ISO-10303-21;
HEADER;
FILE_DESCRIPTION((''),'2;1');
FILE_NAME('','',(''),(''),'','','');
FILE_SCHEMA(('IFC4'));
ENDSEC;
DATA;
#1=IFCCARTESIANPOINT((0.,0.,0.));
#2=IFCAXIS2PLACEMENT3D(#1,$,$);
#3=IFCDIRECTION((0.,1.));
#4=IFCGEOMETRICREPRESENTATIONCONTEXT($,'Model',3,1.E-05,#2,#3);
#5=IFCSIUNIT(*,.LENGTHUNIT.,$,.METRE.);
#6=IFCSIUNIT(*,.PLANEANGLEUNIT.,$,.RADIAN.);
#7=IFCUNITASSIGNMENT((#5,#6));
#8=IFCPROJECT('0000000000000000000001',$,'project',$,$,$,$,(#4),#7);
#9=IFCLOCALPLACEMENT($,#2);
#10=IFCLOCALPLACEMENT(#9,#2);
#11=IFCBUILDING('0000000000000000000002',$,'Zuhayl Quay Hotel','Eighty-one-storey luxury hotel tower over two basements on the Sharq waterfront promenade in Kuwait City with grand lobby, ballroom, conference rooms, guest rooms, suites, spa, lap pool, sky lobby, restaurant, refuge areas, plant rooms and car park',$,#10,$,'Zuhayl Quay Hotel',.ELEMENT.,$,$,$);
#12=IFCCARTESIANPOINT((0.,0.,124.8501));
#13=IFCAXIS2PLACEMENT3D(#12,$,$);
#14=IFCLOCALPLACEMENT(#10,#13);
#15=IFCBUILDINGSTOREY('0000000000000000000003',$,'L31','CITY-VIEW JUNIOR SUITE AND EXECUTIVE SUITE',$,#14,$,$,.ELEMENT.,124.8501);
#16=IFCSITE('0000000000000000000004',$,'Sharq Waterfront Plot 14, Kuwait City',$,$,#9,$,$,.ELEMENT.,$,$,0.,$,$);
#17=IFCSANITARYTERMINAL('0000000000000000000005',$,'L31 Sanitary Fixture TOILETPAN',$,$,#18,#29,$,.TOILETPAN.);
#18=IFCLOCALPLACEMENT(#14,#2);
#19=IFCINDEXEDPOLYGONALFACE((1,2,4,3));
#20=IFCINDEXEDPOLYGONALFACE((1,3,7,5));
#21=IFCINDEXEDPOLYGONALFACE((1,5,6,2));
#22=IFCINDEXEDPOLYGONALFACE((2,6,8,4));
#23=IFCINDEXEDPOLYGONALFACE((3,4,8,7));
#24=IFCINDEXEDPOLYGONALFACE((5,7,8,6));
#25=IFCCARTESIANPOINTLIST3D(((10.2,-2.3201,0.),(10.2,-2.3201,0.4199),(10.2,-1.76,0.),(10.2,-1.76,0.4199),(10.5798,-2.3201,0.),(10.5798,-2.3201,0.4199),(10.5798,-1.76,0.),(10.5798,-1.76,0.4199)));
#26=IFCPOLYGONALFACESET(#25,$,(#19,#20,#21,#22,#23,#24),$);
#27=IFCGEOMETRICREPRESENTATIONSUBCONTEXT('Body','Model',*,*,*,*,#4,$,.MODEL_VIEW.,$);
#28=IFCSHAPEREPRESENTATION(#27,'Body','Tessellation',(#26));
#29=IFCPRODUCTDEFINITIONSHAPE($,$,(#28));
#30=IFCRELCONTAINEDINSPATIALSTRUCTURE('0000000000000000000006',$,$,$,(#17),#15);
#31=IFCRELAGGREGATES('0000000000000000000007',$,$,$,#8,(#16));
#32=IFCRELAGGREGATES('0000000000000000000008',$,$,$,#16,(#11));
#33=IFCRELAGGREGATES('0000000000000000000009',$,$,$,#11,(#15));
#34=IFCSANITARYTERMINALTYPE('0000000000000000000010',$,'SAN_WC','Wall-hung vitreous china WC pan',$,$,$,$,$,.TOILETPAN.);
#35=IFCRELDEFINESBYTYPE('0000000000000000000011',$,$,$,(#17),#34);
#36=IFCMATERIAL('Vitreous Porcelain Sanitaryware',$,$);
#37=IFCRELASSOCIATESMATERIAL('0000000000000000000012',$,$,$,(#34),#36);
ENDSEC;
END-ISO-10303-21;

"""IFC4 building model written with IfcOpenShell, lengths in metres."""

from ifc_helpers import new_model, si_unit, direction, frame, origin, origin_2d, place, context, subcontext, project, spatial, rectangle, extrude, material, type_object, element, save


model = new_model("IFC4")

# Units and contexts
model_context = context("Model", 3, precision=1e-05, world=origin(), true_north=direction((0.0, 1.0)))
body_context = subcontext(model_context, "Body", "Model", "MODEL_VIEW")
ifc_project = project(units=[si_unit("LENGTHUNIT", "METRE"), si_unit("PLANEANGLEUNIT", "RADIAN")], contexts=[model_context])

# Site, building, storey
site_placement = place(None, origin())
site = spatial("IfcSite", under=ifc_project, at=site_placement, Name="Sharq Waterfront Plot 14, Kuwait City", CompositionType="ELEMENT", RefElevation=0.0)
building_placement = place(site_placement, origin())
building = spatial("IfcBuilding", under=site, at=building_placement, Name="Zuhayl Quay Hotel", Description="Eighty-one-storey luxury hotel tower over two basements on the Sharq waterfront promenade in Kuwait City with grand lobby, ballroom, conference rooms, guest rooms, suites, spa, lap pool, sky lobby, restaurant, refuge areas, plant rooms and car park", LongName="Zuhayl Quay Hotel", CompositionType="ELEMENT")
storey_placement = place(building_placement, frame((0.0, 0.0, 124.8501)))
storey = spatial("IfcBuildingStorey", under=building, at=storey_placement, Name="L31", Description="CITY-VIEW JUNIOR SUITE AND EXECUTIVE SUITE", CompositionType="ELEMENT", Elevation=124.8501)

# Sanitary terminal
ifc_material_1 = material(Name="Vitreous Porcelain Sanitaryware")
sanitary_terminal_type_1 = type_object("IfcSanitaryTerminalType", Name="SAN_WC", Description="Wall-hung vitreous china WC pan", PredefinedType="TOILETPAN", material=ifc_material_1)
sanitary_terminal_1_placement = place(storey_placement, frame((10.3899, -2.04, 0.0), z_axis=(0.0, 0.0, 1.0), x_axis=(1.0, 0.0, 0.0)))
element("IfcSanitaryTerminal", 1, at=sanitary_terminal_1_placement, inside=storey, type_object=sanitary_terminal_type_1, Name="L31 Sanitary Fixture TOILETPAN", PredefinedType="TOILETPAN", context=body_context, shape_type="SweptSolid", body=[
    extrude(rectangle(XDim=0.3799, YDim=0.5601, at=origin_2d()), origin(), (0.0, 0.0, 1.0), 0.4199),
])

save(model, "model.ifc")
